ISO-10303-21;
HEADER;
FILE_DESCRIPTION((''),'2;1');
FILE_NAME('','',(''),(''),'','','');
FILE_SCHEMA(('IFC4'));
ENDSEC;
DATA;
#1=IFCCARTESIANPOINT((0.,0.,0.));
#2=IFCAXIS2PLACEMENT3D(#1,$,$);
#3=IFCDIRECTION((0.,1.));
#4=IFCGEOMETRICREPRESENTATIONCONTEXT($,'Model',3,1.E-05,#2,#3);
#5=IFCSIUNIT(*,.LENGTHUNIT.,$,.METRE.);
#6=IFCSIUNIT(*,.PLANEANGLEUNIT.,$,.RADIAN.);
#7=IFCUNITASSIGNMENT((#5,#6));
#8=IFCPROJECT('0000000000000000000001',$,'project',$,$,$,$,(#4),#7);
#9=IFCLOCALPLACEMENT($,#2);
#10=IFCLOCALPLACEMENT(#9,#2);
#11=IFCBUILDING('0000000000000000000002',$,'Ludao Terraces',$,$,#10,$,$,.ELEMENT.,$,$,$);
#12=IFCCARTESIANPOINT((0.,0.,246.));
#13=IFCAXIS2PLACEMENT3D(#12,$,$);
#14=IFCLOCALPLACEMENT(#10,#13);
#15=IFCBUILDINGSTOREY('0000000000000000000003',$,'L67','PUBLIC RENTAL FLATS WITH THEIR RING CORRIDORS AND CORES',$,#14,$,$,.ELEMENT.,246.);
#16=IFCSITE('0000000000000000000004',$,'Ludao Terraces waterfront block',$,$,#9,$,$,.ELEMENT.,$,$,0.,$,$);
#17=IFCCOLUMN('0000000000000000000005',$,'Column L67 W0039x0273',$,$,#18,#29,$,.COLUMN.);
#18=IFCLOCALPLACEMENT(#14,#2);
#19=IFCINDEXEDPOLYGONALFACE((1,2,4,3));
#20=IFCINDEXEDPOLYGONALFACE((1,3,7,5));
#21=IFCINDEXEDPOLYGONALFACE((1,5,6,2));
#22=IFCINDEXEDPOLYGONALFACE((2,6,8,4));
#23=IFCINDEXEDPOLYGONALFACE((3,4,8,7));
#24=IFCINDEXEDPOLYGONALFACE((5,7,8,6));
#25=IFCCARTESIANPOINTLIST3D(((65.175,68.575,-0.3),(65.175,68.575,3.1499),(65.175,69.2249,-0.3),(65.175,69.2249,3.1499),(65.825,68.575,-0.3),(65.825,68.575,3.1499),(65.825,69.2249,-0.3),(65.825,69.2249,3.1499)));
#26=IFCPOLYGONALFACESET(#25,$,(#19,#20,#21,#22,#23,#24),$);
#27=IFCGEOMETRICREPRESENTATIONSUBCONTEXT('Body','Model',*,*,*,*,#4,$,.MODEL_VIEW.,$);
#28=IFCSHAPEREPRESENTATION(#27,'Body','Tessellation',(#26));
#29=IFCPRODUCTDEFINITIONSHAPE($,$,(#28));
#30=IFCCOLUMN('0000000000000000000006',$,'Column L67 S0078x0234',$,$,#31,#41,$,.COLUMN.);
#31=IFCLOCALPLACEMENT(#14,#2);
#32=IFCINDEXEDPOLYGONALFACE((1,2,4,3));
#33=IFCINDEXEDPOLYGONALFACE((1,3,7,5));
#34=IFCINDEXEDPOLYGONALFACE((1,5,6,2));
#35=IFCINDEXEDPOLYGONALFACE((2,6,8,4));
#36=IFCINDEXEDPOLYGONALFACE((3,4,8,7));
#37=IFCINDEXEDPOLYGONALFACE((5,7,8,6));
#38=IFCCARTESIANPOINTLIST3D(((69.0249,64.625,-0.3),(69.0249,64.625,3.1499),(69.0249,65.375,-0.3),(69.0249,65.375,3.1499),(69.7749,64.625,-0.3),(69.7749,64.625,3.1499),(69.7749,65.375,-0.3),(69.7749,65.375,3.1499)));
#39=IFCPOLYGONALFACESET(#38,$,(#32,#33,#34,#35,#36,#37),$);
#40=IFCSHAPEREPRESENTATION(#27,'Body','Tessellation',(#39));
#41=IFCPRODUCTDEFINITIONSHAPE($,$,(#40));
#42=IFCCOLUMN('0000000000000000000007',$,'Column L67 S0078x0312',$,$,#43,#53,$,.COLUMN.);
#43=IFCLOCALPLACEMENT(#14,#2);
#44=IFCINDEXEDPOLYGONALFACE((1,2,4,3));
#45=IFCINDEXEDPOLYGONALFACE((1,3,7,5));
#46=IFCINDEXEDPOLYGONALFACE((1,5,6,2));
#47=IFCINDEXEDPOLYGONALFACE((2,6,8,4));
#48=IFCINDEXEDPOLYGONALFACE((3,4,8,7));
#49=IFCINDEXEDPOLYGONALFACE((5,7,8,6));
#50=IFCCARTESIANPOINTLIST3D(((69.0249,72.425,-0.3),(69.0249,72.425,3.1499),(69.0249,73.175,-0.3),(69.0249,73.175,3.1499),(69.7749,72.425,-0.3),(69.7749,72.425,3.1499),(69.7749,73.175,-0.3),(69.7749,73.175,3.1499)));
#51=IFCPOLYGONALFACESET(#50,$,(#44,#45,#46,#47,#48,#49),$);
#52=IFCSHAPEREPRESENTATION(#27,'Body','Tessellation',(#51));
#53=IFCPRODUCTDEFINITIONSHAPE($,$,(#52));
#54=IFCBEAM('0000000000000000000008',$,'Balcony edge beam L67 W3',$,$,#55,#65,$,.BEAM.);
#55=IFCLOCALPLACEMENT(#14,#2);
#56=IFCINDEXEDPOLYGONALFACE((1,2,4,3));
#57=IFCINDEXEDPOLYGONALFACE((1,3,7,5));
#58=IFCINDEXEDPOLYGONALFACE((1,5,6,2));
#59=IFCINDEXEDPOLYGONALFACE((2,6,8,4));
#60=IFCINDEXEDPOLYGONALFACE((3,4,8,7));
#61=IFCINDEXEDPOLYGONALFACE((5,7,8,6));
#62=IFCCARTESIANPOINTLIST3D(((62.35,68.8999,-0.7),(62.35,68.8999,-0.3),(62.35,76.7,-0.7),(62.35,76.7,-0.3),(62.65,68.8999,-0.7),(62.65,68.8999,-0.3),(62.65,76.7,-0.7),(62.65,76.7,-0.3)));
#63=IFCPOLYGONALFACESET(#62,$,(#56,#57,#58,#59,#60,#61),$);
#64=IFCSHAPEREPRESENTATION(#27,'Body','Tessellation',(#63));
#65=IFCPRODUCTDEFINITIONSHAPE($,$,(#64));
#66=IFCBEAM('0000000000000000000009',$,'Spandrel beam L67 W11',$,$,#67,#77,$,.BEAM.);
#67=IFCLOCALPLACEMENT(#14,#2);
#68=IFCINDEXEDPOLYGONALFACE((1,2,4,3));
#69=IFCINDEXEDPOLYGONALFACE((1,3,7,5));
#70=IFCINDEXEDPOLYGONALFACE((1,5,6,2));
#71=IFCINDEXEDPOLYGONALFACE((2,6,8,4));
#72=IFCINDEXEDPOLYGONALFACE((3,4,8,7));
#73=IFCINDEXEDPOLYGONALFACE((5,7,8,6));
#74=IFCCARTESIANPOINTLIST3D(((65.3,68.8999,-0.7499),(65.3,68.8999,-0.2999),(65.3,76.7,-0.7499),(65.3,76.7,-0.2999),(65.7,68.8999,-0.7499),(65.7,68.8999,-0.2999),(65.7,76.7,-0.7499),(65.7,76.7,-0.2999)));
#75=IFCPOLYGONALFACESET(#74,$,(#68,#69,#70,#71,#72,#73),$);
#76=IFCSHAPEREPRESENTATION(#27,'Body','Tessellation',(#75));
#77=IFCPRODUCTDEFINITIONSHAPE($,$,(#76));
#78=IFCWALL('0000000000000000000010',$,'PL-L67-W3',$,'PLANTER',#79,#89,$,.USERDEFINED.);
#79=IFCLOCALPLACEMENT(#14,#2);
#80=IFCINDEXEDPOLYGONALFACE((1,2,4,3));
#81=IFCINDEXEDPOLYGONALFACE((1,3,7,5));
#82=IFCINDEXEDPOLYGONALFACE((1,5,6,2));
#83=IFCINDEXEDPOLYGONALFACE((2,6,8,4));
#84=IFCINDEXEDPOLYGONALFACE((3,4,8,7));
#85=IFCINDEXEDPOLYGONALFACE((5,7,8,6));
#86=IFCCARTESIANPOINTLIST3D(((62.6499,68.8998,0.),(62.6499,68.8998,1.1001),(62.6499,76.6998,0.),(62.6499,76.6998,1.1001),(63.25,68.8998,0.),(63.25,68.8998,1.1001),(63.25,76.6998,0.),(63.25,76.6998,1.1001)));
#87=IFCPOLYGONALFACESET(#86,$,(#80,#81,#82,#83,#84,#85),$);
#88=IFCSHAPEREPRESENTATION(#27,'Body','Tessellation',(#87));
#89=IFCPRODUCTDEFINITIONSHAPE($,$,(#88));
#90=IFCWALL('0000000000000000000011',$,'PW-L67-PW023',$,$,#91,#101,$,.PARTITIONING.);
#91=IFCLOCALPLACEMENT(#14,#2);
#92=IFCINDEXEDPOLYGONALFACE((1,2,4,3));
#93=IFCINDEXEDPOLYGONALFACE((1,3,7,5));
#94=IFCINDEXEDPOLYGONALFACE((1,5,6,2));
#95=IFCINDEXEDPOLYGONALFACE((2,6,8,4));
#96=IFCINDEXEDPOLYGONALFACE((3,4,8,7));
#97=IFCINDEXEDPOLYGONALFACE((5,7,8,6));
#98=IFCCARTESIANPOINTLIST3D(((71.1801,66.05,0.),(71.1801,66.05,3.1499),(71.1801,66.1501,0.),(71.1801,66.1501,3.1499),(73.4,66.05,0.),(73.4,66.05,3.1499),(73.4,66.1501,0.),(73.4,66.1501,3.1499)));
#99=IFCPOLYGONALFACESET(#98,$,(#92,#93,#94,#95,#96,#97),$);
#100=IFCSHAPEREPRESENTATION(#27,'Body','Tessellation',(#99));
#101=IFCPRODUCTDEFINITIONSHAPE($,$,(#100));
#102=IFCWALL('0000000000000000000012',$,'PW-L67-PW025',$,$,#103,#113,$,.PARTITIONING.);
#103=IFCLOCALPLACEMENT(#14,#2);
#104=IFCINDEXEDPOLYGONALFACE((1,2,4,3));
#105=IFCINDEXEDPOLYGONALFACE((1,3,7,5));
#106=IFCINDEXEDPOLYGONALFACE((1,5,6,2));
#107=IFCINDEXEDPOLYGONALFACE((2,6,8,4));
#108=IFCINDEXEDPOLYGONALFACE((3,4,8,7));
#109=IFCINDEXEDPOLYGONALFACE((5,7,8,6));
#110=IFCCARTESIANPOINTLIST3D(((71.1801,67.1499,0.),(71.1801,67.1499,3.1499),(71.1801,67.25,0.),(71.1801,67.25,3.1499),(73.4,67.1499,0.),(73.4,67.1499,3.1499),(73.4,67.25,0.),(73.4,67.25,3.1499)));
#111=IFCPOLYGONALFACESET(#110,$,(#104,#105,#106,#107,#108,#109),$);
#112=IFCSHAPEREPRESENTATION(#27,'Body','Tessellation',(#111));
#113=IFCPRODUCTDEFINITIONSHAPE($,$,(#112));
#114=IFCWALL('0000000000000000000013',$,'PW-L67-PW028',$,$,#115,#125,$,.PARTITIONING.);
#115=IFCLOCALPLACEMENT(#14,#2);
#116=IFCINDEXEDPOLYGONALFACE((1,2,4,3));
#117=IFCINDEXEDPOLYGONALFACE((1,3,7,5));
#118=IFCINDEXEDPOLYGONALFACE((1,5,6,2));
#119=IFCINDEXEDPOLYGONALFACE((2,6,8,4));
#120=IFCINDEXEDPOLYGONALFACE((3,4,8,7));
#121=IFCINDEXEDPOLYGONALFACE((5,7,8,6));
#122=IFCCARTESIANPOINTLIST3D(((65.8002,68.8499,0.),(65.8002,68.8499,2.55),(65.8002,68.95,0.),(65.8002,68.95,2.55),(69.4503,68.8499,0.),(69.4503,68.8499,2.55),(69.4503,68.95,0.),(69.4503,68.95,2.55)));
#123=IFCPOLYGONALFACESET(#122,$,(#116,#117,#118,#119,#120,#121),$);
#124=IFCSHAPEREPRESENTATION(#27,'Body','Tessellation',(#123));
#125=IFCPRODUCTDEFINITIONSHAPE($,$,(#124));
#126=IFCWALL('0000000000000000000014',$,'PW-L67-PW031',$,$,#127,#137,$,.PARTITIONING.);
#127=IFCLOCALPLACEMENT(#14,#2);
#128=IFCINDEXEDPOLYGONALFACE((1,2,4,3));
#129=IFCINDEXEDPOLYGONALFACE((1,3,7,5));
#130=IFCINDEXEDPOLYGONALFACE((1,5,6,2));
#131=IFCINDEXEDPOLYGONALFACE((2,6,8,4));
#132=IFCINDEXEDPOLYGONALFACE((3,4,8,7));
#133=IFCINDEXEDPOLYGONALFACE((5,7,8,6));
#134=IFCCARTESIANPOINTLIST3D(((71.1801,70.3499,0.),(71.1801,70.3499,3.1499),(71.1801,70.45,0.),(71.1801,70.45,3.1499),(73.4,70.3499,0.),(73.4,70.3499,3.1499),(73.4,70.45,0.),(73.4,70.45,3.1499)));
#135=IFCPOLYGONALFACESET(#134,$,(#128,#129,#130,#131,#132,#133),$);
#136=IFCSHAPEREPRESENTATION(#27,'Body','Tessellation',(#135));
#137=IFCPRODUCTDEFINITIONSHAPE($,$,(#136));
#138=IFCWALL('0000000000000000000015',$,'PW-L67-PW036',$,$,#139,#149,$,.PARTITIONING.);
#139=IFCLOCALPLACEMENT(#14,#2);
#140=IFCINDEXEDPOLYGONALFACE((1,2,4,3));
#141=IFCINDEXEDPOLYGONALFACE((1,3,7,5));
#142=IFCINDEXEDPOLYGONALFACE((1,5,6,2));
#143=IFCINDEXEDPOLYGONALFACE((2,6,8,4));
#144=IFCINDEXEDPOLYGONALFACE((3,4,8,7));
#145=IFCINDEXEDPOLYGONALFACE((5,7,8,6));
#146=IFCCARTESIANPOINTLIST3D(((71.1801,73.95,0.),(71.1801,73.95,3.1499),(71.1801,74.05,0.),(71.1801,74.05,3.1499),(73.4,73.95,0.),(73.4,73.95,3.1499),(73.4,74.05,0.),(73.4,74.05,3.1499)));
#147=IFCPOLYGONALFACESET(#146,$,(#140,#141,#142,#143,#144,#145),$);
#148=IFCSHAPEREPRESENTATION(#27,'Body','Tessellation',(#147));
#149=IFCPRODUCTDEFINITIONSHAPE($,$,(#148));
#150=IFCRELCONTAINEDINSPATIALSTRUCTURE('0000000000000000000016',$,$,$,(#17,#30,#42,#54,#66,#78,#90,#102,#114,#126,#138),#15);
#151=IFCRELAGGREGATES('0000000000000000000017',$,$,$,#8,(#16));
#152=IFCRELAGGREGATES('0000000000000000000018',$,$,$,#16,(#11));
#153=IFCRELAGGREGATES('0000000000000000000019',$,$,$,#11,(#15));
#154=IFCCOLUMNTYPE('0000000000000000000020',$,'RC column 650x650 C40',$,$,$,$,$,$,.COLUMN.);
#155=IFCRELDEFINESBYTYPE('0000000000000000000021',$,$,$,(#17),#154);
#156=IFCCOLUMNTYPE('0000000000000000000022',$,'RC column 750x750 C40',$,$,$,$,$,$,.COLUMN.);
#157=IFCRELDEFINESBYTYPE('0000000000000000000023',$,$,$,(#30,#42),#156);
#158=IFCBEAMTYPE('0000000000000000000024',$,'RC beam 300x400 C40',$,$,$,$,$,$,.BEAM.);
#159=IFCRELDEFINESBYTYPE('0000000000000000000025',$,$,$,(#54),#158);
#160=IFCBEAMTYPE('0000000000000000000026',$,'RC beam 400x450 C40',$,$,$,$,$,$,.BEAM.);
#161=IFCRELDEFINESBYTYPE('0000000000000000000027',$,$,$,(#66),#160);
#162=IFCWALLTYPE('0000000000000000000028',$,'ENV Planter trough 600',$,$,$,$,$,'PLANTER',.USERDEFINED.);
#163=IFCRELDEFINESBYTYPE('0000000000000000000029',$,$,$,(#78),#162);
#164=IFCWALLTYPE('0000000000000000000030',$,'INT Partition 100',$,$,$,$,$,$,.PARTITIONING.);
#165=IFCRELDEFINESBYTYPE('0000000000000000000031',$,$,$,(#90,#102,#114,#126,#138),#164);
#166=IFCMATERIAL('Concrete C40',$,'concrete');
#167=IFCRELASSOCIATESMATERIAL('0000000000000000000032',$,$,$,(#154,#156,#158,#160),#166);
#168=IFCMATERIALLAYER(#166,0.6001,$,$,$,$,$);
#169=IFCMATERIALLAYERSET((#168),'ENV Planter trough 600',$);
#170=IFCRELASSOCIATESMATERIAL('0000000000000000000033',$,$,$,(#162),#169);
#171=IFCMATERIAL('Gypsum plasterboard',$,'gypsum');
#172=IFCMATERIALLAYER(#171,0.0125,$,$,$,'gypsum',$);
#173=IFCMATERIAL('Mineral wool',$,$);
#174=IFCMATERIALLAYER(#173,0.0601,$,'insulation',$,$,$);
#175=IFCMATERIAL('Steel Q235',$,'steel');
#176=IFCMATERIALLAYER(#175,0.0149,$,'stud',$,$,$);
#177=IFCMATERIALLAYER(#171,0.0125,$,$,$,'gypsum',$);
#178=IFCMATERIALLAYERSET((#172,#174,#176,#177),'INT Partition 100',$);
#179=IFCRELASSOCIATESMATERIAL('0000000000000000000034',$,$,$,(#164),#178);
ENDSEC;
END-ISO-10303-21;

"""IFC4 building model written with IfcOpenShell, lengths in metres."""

from ifc_helpers import new_model, si_unit, direction, frame, frame_2d, origin, origin_2d, place, context, subcontext, project, spatial, rectangle, extrude, material, layer, layer_set, material_profile, profile_set, type_object, element, save


model = new_model("IFC4")

# Units and contexts
model_context = context("Model", 3, precision=1e-05, world=origin(), true_north=direction((0.0, 1.0)))
body_context = subcontext(model_context, "Body", "Model", "MODEL_VIEW")
ifc_project = project(units=[si_unit("LENGTHUNIT", "METRE"), si_unit("PLANEANGLEUNIT", "RADIAN")], contexts=[model_context])

# Site, building, storey
site_placement = place(None, origin())
site = spatial("IfcSite", under=ifc_project, at=site_placement, Name="Ludao Terraces waterfront block", CompositionType="ELEMENT", RefElevation=0.0)
building_placement = place(site_placement, origin())
building = spatial("IfcBuilding", under=site, at=building_placement, Name="Ludao Terraces", CompositionType="ELEMENT")
storey_placement = place(building_placement, frame((0.0, 0.0, 246.0)))
storey = spatial("IfcBuildingStorey", under=building, at=storey_placement, Name="L67", Description="PUBLIC RENTAL FLATS WITH THEIR RING CORRIDORS AND CORES", CompositionType="ELEMENT", Elevation=246.0)

# Columns
ifc_material_1 = material(Name="Concrete C40", Category="concrete")
ifc_material_profile_1 = material_profile(ifc_material_1, rectangle(XDim=0.6499, YDim=0.6499, at=origin_2d()), Name="650 X 650")
ifc_profile_set_1 = profile_set([ifc_material_profile_1], Name="Concrete C40")
column_type_1 = type_object("IfcColumnType", Name="RC column 650x650 C40", PredefinedType="COLUMN", material=ifc_profile_set_1)
column_placement = place(storey_placement, frame((65.5, 68.8999, -0.3), z_axis=(0.0, 0.0, 1.0), x_axis=(1.0, 0.0, 0.0)))
element("IfcColumn", 1, at=column_placement, inside=storey, type_object=column_type_1, Name="Column L67 W0039x0273", PredefinedType="COLUMN", context=body_context, shape_type="SweptSolid", body=[
    extrude(rectangle(XDim=0.6499, YDim=0.6499, at=origin_2d()), origin(), (0.0, 0.0, 1.0), 3.45),
])
ifc_material_profile_2 = material_profile(ifc_material_1, rectangle(XDim=0.75, YDim=0.75, at=origin_2d()), Name="750 X 750")
ifc_profile_set_2 = profile_set([ifc_material_profile_2], Name="Concrete C40")
column_type_2 = type_object("IfcColumnType", Name="RC column 750x750 C40", PredefinedType="COLUMN", material=ifc_profile_set_2)
for number, where, z_axis, x_axis, name in (
    (2, (69.3999, 65.0, -0.3), (0.0, 0.0, 1.0), (1.0, 0.0, 0.0), "Column L67 S0078x0234"),
    (3, (69.3999, 72.8, -0.3), (0.0, 0.0, 1.0), (1.0, 0.0, 0.0), "Column L67 S0078x0312"),
):
    element("IfcColumn", number, at=place(storey_placement, frame(where, z_axis=z_axis, x_axis=x_axis)), inside=storey, type_object=column_type_2, Name=name, PredefinedType="COLUMN", context=body_context, shape_type="SweptSolid", body=[
        extrude(rectangle(XDim=0.75, YDim=0.75, at=origin_2d()), origin(), (0.0, 0.0, 1.0), 3.45),
    ])

# Beams
ifc_material_profile_3 = material_profile(ifc_material_1, rectangle(XDim=0.3, YDim=0.3999, at=origin_2d()), Name="300 X 400")
ifc_profile_set_3 = profile_set([ifc_material_profile_3], Name="Concrete C40")
beam_type_1 = type_object("IfcBeamType", Name="RC beam 300x400 C40", PredefinedType="BEAM", material=ifc_profile_set_3)
beam_1_placement = place(storey_placement, frame((62.5, 68.8999, -0.5), z_axis=(0.0, 1.0, 0.0), x_axis=(-1.0, 0.0, 0.0)))
element("IfcBeam", 4, at=beam_1_placement, inside=storey, type_object=beam_type_1, Name="Balcony edge beam L67 W3", PredefinedType="BEAM", context=body_context, shape_type="SweptSolid", body=[
    extrude(rectangle(XDim=0.3, YDim=0.3999, at=origin_2d()), origin(), (0.0, 0.0, 1.0), 7.8),
])
ifc_material_profile_4 = material_profile(ifc_material_1, rectangle(XDim=0.3999, YDim=0.45, at=origin_2d()), Name="400 X 450")
ifc_profile_set_4 = profile_set([ifc_material_profile_4], Name="Concrete C40")
beam_type_2 = type_object("IfcBeamType", Name="RC beam 400x450 C40", PredefinedType="BEAM", material=ifc_profile_set_4)
beam_2_placement = place(storey_placement, frame((65.5, 68.8999, -0.5249), z_axis=(0.0, 1.0, 0.0), x_axis=(-1.0, 0.0, 0.0)))
element("IfcBeam", 5, at=beam_2_placement, inside=storey, type_object=beam_type_2, Name="Spandrel beam L67 W11", PredefinedType="BEAM", context=body_context, shape_type="SweptSolid", body=[
    extrude(rectangle(XDim=0.3999, YDim=0.45, at=origin_2d()), origin(), (0.0, 0.0, 1.0), 7.8),
])

# Wall
ifc_layer_1 = layer(ifc_material_1, 0.6001)
ifc_layer_set_1 = layer_set([ifc_layer_1], Name="ENV Planter trough 600")
wall_type_1 = type_object("IfcWallType", Name="ENV Planter trough 600", ElementType="PLANTER", PredefinedType="USERDEFINED", material=ifc_layer_set_1)
wall_1_placement = place(storey_placement, frame((62.95, 68.8999, 0.0), z_axis=(0.0, 0.0, 1.0), x_axis=(0.0, 1.0, 0.0)))
element("IfcWall", 6, at=wall_1_placement, inside=storey, type_object=wall_type_1, Name="PL-L67-W3", ObjectType="PLANTER", PredefinedType="USERDEFINED", context=body_context, shape_type="SweptSolid", body=[
    extrude(rectangle(XDim=7.8, YDim=0.6001, at=frame_2d((3.8999, 0.0))), origin(), (0.0, 0.0, 1.0), 1.1001),
])

# Shared definitions
ifc_material_2 = material(Name="Mineral wool")

# Walls
ifc_material_3 = material(Name="Gypsum plasterboard", Category="gypsum")
ifc_layer_2 = layer(ifc_material_3, 0.0125, Category="gypsum")
ifc_layer_3 = layer(ifc_material_2, 0.0601, Name="insulation")
ifc_material_4 = material(Name="Steel Q235", Category="steel")
ifc_layer_4 = layer(ifc_material_4, 0.0149, Name="stud")
ifc_layer_5 = layer(ifc_material_3, 0.0125, Category="gypsum")
ifc_layer_set_2 = layer_set([ifc_layer_2, ifc_layer_3, ifc_layer_4, ifc_layer_5], Name="INT Partition 100")
wall_type_2 = type_object("IfcWallType", Name="INT Partition 100", PredefinedType="PARTITIONING", material=ifc_layer_set_2)
for number, where, z_axis, x_axis, name in (
    (7, (71.1802, 66.1001, 0.0), (0.0, 0.0, 1.0), (1.0, 0.0, 0.0), "PW-L67-PW023"),
    (8, (71.1802, 67.2, 0.0), (0.0, 0.0, 1.0), (1.0, 0.0, 0.0), "PW-L67-PW025"),
):
    element("IfcWall", number, at=place(storey_placement, frame(where, z_axis=z_axis, x_axis=x_axis)), inside=storey, type_object=wall_type_2, Name=name, PredefinedType="PARTITIONING", context=body_context, shape_type="SweptSolid", body=[
        extrude(rectangle(XDim=2.22, YDim=0.1001, at=frame_2d((1.1099, 0.0))), origin(), (0.0, 0.0, 1.0), 3.1499),
    ])
wall_2_placement = place(storey_placement, frame((65.8, 68.8999, 0.0), z_axis=(0.0, 0.0, 1.0), x_axis=(1.0, 0.0, 0.0)))
element("IfcWall", 9, at=wall_2_placement, inside=storey, type_object=wall_type_2, Name="PW-L67-PW028", PredefinedType="PARTITIONING", context=body_context, shape_type="SweptSolid", body=[
    extrude(rectangle(XDim=3.6501, YDim=0.1001, at=frame_2d((1.8252, 0.0))), origin(), (0.0, 0.0, 1.0), 2.55),
])
for number, where, z_axis, x_axis, name in (
    (10, (71.1802, 70.3999, 0.0), (0.0, 0.0, 1.0), (1.0, 0.0, 0.0), "PW-L67-PW031"),
    (11, (71.1802, 74.0, 0.0), (0.0, 0.0, 1.0), (1.0, 0.0, 0.0), "PW-L67-PW036"),
):
    element("IfcWall", number, at=place(storey_placement, frame(where, z_axis=z_axis, x_axis=x_axis)), inside=storey, type_object=wall_type_2, Name=name, PredefinedType="PARTITIONING", context=body_context, shape_type="SweptSolid", body=[
        extrude(rectangle(XDim=2.22, YDim=0.1001, at=frame_2d((1.1099, 0.0))), origin(), (0.0, 0.0, 1.0), 3.1499),
    ])

save(model, "model.ifc")
